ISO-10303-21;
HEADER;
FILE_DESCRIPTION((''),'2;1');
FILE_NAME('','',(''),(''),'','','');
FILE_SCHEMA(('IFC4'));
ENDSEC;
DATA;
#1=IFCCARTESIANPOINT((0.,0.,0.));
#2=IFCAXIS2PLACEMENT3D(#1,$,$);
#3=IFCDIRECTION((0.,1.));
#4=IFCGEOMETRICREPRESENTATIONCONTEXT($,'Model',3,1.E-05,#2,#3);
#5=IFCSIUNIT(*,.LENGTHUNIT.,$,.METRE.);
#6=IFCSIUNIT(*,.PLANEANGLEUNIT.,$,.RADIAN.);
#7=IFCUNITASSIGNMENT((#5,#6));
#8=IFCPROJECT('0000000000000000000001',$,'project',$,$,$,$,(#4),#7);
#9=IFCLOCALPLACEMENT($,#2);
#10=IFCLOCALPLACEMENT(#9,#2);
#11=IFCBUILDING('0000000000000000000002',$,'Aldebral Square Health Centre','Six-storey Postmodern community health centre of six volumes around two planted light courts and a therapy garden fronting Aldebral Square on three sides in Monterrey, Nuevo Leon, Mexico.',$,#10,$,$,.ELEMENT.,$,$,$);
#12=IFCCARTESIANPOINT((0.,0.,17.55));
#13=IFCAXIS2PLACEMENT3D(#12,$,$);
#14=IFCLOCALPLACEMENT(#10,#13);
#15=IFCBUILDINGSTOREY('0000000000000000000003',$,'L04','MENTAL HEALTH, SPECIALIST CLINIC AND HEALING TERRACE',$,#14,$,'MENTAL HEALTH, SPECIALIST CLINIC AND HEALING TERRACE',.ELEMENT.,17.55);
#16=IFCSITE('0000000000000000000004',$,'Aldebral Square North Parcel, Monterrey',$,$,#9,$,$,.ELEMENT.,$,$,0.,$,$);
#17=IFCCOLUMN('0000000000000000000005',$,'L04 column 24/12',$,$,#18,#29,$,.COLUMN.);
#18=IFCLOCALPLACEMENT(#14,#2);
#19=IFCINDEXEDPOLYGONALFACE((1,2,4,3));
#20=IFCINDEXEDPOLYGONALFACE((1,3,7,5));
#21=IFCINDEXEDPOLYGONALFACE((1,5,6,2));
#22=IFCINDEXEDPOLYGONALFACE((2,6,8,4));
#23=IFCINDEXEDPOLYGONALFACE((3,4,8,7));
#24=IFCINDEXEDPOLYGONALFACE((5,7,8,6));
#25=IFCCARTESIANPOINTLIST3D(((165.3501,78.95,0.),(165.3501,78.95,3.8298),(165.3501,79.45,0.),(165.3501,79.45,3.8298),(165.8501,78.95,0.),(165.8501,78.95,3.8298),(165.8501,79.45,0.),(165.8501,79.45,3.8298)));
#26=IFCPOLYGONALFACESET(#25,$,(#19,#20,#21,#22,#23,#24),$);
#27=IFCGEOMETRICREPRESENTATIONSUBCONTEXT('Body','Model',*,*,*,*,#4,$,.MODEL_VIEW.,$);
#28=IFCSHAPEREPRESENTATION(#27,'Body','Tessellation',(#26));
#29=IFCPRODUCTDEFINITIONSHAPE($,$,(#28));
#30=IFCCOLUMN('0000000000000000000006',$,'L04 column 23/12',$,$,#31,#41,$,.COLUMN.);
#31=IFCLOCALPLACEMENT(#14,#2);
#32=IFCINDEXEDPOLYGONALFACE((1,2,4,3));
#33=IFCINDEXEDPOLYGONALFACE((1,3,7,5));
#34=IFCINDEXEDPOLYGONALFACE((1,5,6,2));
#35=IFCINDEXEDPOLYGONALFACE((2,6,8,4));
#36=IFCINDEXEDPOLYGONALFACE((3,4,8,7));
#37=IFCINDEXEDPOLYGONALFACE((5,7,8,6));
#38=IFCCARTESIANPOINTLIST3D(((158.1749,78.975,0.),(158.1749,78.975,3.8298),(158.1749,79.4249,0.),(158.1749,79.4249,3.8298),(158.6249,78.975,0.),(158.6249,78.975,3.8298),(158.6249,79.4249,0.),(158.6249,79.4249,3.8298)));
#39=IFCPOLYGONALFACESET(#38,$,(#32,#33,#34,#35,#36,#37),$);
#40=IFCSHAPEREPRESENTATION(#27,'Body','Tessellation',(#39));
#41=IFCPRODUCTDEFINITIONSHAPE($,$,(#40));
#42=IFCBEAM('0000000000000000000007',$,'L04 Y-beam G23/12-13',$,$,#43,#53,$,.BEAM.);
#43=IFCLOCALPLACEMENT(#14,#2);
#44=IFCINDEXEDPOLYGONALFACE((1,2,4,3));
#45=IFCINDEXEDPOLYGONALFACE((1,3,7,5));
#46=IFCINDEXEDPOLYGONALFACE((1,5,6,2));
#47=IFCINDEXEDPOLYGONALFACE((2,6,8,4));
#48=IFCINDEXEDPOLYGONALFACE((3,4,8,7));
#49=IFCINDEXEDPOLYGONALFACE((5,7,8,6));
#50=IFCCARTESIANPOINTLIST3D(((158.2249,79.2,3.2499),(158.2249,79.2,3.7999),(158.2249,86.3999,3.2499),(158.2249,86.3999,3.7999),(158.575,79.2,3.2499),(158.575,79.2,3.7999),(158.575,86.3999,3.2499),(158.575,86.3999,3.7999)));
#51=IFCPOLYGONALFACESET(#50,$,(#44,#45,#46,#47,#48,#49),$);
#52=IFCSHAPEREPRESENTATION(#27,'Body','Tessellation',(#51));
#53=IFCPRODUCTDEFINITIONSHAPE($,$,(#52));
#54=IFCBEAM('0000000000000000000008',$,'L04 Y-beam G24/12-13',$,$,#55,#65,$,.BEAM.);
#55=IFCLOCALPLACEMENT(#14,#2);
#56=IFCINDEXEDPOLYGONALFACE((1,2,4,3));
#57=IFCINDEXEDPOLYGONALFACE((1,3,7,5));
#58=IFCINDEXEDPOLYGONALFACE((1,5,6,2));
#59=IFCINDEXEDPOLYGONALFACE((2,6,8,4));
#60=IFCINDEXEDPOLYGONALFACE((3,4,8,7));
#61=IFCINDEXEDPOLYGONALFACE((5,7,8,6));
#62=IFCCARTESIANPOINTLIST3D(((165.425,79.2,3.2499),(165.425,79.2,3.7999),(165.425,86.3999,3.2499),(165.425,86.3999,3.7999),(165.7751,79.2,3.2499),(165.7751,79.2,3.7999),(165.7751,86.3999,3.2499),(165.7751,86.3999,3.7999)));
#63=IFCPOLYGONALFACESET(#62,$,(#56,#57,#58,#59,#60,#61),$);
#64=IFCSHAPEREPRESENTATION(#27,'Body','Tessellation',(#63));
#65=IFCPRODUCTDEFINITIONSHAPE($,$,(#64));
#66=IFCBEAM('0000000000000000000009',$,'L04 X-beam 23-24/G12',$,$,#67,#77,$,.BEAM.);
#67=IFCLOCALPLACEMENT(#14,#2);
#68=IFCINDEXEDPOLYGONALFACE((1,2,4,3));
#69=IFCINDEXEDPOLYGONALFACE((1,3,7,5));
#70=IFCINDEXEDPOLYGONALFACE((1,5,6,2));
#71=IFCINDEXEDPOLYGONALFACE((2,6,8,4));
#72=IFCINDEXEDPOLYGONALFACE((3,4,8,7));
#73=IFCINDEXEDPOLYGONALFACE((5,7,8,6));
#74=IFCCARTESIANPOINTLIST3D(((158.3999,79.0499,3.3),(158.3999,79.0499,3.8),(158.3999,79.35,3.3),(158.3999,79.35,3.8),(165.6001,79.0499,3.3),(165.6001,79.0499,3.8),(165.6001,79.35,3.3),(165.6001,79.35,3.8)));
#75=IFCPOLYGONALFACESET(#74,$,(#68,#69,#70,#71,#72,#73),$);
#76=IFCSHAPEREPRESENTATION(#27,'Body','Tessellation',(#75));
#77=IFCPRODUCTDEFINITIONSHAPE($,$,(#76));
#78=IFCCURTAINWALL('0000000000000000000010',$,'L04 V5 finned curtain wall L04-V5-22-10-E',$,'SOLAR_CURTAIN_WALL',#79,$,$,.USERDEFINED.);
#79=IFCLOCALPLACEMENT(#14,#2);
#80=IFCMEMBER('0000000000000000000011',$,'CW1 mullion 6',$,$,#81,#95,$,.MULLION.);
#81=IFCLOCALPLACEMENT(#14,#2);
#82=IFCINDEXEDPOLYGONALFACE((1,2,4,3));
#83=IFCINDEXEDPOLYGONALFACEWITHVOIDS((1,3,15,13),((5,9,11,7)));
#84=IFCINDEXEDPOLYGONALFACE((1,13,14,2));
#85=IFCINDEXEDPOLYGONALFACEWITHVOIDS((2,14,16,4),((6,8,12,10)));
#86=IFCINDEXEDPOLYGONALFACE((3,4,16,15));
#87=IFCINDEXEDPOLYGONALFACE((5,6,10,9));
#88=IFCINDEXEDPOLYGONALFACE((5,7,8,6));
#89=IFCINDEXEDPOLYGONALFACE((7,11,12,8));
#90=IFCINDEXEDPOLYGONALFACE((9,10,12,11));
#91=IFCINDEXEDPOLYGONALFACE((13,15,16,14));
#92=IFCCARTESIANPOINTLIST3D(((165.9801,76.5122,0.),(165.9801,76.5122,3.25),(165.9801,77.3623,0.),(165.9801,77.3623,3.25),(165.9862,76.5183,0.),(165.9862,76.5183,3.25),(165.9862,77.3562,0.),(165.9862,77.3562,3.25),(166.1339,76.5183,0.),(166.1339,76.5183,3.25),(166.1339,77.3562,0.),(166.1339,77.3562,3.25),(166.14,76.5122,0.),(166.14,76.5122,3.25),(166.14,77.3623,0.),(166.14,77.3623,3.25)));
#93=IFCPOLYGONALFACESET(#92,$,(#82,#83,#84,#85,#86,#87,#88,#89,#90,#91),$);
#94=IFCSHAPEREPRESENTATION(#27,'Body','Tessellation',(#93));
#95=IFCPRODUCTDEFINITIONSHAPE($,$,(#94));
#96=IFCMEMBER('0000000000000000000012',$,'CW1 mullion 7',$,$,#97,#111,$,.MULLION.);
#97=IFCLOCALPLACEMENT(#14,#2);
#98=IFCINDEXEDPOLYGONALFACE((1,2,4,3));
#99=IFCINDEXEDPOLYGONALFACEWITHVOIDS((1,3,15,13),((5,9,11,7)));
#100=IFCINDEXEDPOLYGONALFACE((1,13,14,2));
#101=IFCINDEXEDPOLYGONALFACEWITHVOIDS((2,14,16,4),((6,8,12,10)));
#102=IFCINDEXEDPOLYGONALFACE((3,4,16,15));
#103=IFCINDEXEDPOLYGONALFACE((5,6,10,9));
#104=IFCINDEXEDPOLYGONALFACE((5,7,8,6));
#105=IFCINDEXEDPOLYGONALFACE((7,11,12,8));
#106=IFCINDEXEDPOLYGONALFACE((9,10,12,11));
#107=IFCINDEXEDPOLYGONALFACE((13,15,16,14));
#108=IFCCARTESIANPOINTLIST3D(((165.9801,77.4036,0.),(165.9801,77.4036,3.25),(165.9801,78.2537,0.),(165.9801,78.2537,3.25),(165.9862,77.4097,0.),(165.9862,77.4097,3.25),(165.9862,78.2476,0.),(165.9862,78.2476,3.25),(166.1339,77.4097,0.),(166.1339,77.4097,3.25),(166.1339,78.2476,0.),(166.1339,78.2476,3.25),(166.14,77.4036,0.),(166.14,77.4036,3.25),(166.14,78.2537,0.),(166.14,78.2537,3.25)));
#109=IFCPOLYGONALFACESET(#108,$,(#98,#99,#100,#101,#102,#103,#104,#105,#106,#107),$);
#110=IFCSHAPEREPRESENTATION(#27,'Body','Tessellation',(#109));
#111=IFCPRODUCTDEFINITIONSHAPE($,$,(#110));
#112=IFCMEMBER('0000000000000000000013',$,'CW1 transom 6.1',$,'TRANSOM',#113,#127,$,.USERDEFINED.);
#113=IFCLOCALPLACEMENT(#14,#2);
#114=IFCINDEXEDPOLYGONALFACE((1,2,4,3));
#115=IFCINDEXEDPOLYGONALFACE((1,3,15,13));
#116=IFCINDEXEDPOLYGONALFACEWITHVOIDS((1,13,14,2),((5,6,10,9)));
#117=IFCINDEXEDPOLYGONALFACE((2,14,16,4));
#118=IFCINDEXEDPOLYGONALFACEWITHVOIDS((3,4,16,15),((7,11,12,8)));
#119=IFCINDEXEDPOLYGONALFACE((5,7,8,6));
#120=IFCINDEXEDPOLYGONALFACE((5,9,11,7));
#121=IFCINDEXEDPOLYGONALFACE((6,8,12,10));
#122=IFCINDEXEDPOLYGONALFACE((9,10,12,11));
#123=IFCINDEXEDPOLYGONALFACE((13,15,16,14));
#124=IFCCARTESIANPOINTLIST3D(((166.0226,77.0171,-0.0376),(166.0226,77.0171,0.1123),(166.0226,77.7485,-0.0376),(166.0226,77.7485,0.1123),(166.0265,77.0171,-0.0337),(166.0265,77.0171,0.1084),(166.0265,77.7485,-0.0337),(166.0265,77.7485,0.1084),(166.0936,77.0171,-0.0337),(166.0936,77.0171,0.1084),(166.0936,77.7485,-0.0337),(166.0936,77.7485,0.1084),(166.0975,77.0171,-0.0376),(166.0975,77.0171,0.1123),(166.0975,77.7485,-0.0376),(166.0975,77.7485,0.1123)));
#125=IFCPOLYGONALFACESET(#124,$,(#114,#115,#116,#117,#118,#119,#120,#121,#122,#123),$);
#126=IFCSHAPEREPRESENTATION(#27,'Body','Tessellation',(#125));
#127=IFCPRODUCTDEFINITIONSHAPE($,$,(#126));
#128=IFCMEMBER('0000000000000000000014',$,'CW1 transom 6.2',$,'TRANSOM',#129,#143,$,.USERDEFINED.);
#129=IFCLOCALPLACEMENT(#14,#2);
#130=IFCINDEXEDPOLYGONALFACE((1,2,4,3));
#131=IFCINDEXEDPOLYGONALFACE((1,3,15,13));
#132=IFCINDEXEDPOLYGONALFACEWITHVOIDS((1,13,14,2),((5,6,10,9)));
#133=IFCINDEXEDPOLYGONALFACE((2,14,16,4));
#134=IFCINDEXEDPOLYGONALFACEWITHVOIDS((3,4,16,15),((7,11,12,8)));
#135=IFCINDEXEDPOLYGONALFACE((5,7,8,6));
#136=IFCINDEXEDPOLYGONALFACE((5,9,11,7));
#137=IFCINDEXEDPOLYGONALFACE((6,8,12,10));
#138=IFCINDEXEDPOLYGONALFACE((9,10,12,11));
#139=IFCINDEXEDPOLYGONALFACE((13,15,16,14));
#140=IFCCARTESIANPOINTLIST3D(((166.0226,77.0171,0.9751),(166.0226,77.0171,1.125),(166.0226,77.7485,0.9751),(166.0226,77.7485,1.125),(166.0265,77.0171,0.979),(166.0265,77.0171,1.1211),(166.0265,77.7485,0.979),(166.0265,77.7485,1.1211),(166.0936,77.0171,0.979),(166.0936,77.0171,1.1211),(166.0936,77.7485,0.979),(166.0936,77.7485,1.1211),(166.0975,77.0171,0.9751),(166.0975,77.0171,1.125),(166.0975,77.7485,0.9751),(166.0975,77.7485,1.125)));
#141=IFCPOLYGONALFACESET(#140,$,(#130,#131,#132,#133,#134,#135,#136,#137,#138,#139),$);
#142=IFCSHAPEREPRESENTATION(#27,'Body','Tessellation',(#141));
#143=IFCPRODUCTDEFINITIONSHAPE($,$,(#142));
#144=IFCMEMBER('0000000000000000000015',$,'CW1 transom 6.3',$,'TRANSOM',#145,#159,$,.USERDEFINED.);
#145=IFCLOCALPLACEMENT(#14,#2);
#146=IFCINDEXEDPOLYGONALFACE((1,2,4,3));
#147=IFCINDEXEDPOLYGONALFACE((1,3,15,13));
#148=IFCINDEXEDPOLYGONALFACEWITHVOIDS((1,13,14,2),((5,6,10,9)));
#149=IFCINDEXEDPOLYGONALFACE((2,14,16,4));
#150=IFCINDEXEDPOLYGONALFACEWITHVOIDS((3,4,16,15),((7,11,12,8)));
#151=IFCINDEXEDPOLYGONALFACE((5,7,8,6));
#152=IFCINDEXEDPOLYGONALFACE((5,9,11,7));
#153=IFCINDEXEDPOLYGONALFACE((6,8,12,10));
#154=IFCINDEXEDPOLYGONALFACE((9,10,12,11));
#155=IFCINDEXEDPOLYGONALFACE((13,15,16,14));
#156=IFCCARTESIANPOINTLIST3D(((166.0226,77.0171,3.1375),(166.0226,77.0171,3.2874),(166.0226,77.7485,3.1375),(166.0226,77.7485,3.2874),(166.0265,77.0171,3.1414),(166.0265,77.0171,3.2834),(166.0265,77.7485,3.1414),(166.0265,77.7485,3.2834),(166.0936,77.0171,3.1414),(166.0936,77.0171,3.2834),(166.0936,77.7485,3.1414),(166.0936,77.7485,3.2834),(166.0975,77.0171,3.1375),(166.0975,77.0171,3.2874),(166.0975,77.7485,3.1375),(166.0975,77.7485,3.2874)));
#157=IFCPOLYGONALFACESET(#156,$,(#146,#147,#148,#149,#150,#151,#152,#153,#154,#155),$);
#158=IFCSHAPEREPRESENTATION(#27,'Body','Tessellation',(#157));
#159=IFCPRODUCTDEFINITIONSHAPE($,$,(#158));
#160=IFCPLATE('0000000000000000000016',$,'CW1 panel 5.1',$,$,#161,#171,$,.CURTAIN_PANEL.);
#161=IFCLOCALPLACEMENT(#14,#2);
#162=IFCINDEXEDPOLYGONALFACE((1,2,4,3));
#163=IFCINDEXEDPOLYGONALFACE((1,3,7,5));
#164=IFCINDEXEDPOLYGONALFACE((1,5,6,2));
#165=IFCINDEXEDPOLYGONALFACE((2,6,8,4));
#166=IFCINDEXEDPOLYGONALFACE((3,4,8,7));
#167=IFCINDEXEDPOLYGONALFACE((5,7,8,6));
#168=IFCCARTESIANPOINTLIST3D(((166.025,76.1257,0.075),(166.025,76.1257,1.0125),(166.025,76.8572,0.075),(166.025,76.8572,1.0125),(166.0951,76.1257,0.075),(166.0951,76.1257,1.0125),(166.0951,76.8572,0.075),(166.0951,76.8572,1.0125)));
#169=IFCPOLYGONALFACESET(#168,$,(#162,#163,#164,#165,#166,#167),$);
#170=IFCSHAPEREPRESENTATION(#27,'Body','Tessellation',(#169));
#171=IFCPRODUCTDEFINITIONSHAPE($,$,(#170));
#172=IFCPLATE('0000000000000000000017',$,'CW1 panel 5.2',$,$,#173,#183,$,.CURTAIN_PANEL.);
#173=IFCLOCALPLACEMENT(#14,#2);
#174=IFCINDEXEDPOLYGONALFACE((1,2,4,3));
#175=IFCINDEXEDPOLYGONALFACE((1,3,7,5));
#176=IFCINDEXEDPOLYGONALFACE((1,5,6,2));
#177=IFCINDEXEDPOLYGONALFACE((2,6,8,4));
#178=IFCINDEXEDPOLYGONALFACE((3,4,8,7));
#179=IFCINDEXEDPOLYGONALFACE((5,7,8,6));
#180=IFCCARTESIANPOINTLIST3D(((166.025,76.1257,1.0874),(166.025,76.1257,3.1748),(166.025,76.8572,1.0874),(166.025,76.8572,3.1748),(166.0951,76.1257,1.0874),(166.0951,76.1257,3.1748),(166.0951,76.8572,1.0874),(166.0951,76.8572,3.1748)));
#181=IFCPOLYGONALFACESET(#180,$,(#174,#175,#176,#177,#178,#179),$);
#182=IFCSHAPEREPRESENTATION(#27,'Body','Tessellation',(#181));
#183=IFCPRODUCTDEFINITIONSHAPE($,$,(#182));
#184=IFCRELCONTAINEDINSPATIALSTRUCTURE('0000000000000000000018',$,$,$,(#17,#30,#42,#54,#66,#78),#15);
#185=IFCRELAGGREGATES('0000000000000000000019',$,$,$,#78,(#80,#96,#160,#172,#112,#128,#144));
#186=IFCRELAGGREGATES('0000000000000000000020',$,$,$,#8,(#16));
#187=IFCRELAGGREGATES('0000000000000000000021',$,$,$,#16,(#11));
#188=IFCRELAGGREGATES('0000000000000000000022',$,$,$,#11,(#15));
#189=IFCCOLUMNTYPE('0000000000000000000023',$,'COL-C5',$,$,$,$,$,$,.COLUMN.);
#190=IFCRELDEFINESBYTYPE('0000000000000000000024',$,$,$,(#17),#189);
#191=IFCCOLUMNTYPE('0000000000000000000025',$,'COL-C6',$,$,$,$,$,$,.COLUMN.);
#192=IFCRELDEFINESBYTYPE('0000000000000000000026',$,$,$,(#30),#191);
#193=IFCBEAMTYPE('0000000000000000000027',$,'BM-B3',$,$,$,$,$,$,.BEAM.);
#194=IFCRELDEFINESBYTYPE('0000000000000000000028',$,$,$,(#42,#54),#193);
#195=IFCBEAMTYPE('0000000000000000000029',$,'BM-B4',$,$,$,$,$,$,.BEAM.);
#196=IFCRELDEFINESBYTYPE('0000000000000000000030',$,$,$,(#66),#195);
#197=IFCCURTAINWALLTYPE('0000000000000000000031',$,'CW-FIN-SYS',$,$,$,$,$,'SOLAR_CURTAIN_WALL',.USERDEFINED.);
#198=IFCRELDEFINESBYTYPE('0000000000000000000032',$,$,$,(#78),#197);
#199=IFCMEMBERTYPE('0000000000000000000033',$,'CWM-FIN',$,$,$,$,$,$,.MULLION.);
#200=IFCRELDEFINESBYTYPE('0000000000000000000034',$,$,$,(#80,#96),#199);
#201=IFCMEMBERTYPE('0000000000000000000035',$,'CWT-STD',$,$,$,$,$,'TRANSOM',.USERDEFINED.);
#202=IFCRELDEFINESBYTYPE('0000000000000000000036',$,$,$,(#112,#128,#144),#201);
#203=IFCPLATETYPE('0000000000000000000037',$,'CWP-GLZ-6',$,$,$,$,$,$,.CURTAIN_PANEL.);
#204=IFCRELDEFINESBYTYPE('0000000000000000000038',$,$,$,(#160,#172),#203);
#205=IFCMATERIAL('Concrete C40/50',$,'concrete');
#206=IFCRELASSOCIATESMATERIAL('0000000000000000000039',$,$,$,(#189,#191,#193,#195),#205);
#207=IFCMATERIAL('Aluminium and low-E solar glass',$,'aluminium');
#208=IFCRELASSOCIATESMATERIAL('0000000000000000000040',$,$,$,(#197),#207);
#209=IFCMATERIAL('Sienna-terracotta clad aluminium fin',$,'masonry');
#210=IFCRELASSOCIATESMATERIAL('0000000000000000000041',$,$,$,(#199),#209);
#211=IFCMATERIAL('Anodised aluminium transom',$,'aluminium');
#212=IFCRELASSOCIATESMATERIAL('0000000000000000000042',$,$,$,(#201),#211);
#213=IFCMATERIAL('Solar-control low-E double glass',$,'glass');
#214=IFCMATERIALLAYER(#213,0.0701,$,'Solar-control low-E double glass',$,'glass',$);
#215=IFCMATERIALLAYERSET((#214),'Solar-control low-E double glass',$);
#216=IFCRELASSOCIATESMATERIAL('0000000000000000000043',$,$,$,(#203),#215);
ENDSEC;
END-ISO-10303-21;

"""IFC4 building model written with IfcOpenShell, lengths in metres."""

from ifc_helpers import new_model, si_unit, direction, frame, origin, origin_2d, place, context, subcontext, project, spatial, rectangle, hollow_rectangle, extrude, material, layer, layer_set, material_profile, profile_set, type_object, element, aggregate, save


model = new_model("IFC4")

# Units and contexts
model_context = context("Model", 3, precision=1e-05, world=origin(), true_north=direction((0.0, 1.0)))
body_context = subcontext(model_context, "Body", "Model", "MODEL_VIEW")
ifc_project = project(units=[si_unit("LENGTHUNIT", "METRE"), si_unit("PLANEANGLEUNIT", "RADIAN")], contexts=[model_context])

# Site, building, storey
site_placement = place(None, origin())
site = spatial("IfcSite", under=ifc_project, at=site_placement, Name="Aldebral Square North Parcel, Monterrey", CompositionType="ELEMENT", RefElevation=0.0)
building_placement = place(site_placement, origin())
building = spatial("IfcBuilding", under=site, at=building_placement, Name="Aldebral Square Health Centre", Description="Six-storey Postmodern community health centre of six volumes around two planted light courts and a therapy garden fronting Aldebral Square on three sides in Monterrey, Nuevo Leon, Mexico.", CompositionType="ELEMENT")
storey_placement = place(building_placement, frame((0.0, 0.0, 17.55)))
storey = spatial("IfcBuildingStorey", under=building, at=storey_placement, Name="L04", Description="MENTAL HEALTH, SPECIALIST CLINIC AND HEALING TERRACE", LongName="MENTAL HEALTH, SPECIALIST CLINIC AND HEALING TERRACE", CompositionType="ELEMENT", Elevation=17.55)

# Columns
ifc_material_1 = material(Name="Concrete C40/50", Category="concrete")
ifc_material_profile_1 = material_profile(ifc_material_1, rectangle(XDim=0.5, YDim=0.5, at=origin_2d()), Name="RC 500x500")
ifc_profile_set_1 = profile_set([ifc_material_profile_1], Name="Concrete C40/50")
column_type_1 = type_object("IfcColumnType", Name="COL-C5", PredefinedType="COLUMN", material=ifc_profile_set_1)
column_1_placement = place(storey_placement, frame((165.6001, 79.2, 0.0), z_axis=(0.0, 0.0, 1.0), x_axis=(1.0, 0.0, 0.0)))
element("IfcColumn", 1, at=column_1_placement, inside=storey, type_object=column_type_1, Name="L04 column 24/12", PredefinedType="COLUMN", context=body_context, shape_type="SweptSolid", body=[
    extrude(rectangle(XDim=0.5, YDim=0.5, at=origin_2d()), origin(), (0.0, 0.0, 1.0), 3.8298),
])
ifc_material_profile_2 = material_profile(ifc_material_1, rectangle(XDim=0.45, YDim=0.45, at=origin_2d()), Name="RC 450x450")
ifc_profile_set_2 = profile_set([ifc_material_profile_2], Name="Concrete C40/50")
column_type_2 = type_object("IfcColumnType", Name="COL-C6", PredefinedType="COLUMN", material=ifc_profile_set_2)
column_2_placement = place(storey_placement, frame((158.3999, 79.2, 0.0), z_axis=(0.0, 0.0, 1.0), x_axis=(1.0, 0.0, 0.0)))
element("IfcColumn", 2, at=column_2_placement, inside=storey, type_object=column_type_2, Name="L04 column 23/12", PredefinedType="COLUMN", context=body_context, shape_type="SweptSolid", body=[
    extrude(rectangle(XDim=0.45, YDim=0.45, at=origin_2d()), origin(), (0.0, 0.0, 1.0), 3.8298),
])

# Beams
ifc_material_profile_3 = material_profile(ifc_material_1, rectangle(XDim=0.3501, YDim=0.55, at=origin_2d()), Name="RC 350x550")
ifc_profile_set_3 = profile_set([ifc_material_profile_3], Name="Concrete C40/50")
beam_type_1 = type_object("IfcBeamType", Name="BM-B3", PredefinedType="BEAM", material=ifc_profile_set_3)
for number, where, z_axis, x_axis, name in (
    (3, (158.3999, 79.2, 3.5249), (0.0, 1.0, 0.0), (-1.0, 0.0, 0.0), "L04 Y-beam G23/12-13"),
    (4, (165.6001, 79.2, 3.5249), (0.0, 1.0, 0.0), (-1.0, 0.0, 0.0), "L04 Y-beam G24/12-13"),
):
    element("IfcBeam", number, at=place(storey_placement, frame(where, z_axis=z_axis, x_axis=x_axis)), inside=storey, type_object=beam_type_1, Name=name, PredefinedType="BEAM", context=body_context, shape_type="SweptSolid", body=[
        extrude(rectangle(XDim=0.3501, YDim=0.55, at=origin_2d()), origin(), (0.0, 0.0, 1.0), 7.2),
    ])
ifc_material_profile_4 = material_profile(ifc_material_1, rectangle(XDim=0.3, YDim=0.5, at=origin_2d()), Name="RC 300x500")
ifc_profile_set_4 = profile_set([ifc_material_profile_4], Name="Concrete C40/50")
beam_type_2 = type_object("IfcBeamType", Name="BM-B4", PredefinedType="BEAM", material=ifc_profile_set_4)
beam_placement = place(storey_placement, frame((158.3999, 79.2, 3.55), z_axis=(1.0, 0.0, 0.0), x_axis=(0.0, 1.0, 0.0)))
element("IfcBeam", 5, at=beam_placement, inside=storey, type_object=beam_type_2, Name="L04 X-beam 23-24/G12", PredefinedType="BEAM", context=body_context, shape_type="SweptSolid", body=[
    extrude(rectangle(XDim=0.3, YDim=0.5, at=origin_2d()), origin(), (0.0, 0.0, 1.0), 7.2002),
])

# Curtain wall, members, plates
ifc_material_2 = material(Name="Aluminium and low-E solar glass", Category="aluminium")
curtain_wall_type = type_object("IfcCurtainWallType", Name="CW-FIN-SYS", ElementType="SOLAR_CURTAIN_WALL", PredefinedType="USERDEFINED", material=ifc_material_2)
curtain_wall_placement = place(storey_placement, origin())
curtain_wall = element("IfcCurtainWall", 6, at=curtain_wall_placement, inside=storey, type_object=curtain_wall_type, Name="L04 V5 finned curtain wall L04-V5-22-10-E", ObjectType="SOLAR_CURTAIN_WALL", PredefinedType="USERDEFINED")
ifc_material_3 = material(Name="Sienna-terracotta clad aluminium fin", Category="masonry")
ifc_material_profile_5 = material_profile(ifc_material_3, hollow_rectangle(XDim=0.1599, YDim=0.8501, WallThickness=0.0061, at=origin_2d()), Name="FIN 160x850x6")
ifc_profile_set_5 = profile_set([ifc_material_profile_5], Name="Sienna-terracotta clad aluminium fin")
member_type_1 = type_object("IfcMemberType", Name="CWM-FIN", PredefinedType="MULLION", material=ifc_profile_set_5)
member_1_placement = place(storey_placement, frame((166.0601, 76.9373, 0.0), z_axis=(0.0, 0.0, 1.0), x_axis=(-1.0, 0.0, 0.0)))
member_1 = element("IfcMember", 7, at=member_1_placement, type_object=member_type_1, Name="CW1 mullion 6", PredefinedType="MULLION", context=body_context, shape_type="SweptSolid", body=[
    extrude(hollow_rectangle(XDim=0.1599, YDim=0.8501, WallThickness=0.0061, at=origin_2d()), origin(), (0.0, 0.0, 1.0), 3.25),
])
member_2_placement = place(storey_placement, frame((166.0601, 77.8286, 0.0), z_axis=(0.0, 0.0, 1.0), x_axis=(-1.0, 0.0, 0.0)))
member_2 = element("IfcMember", 8, at=member_2_placement, type_object=member_type_1, Name="CW1 mullion 7", PredefinedType="MULLION", context=body_context, shape_type="SweptSolid", body=[
    extrude(hollow_rectangle(XDim=0.1599, YDim=0.8501, WallThickness=0.0061, at=origin_2d()), origin(), (0.0, 0.0, 1.0), 3.25),
])
ifc_material_4 = material(Name="Anodised aluminium transom", Category="aluminium")
ifc_material_profile_6 = material_profile(ifc_material_4, hollow_rectangle(XDim=0.075, YDim=0.1499, WallThickness=0.0039, at=origin_2d()), Name="CWT 75x150x4")
ifc_profile_set_6 = profile_set([ifc_material_profile_6], Name="Anodised aluminium transom")
member_type_2 = type_object("IfcMemberType", Name="CWT-STD", ElementType="TRANSOM", PredefinedType="USERDEFINED", material=ifc_profile_set_6)
member_3_placement = place(storey_placement, frame((166.0601, 77.0171, 0.0374), z_axis=(0.0, 1.0, 0.0), x_axis=(-1.0, 0.0, 0.0)))
member_3 = element("IfcMember", 9, at=member_3_placement, type_object=member_type_2, Name="CW1 transom 6.1", ObjectType="TRANSOM", PredefinedType="USERDEFINED", context=body_context, shape_type="SweptSolid", body=[
    extrude(hollow_rectangle(XDim=0.075, YDim=0.1499, WallThickness=0.0039, at=origin_2d()), origin(), (0.0, 0.0, 1.0), 0.7314),
])
member_4_placement = place(storey_placement, frame((166.0601, 77.0171, 1.05), z_axis=(0.0, 1.0, 0.0), x_axis=(-1.0, 0.0, 0.0)))
member_4 = element("IfcMember", 10, at=member_4_placement, type_object=member_type_2, Name="CW1 transom 6.2", ObjectType="TRANSOM", PredefinedType="USERDEFINED", context=body_context, shape_type="SweptSolid", body=[
    extrude(hollow_rectangle(XDim=0.075, YDim=0.1499, WallThickness=0.0039, at=origin_2d()), origin(), (0.0, 0.0, 1.0), 0.7314),
])
member_5_placement = place(storey_placement, frame((166.0601, 77.0171, 3.2124), z_axis=(0.0, 1.0, 0.0), x_axis=(-1.0, 0.0, 0.0)))
member_5 = element("IfcMember", 11, at=member_5_placement, type_object=member_type_2, Name="CW1 transom 6.3", ObjectType="TRANSOM", PredefinedType="USERDEFINED", context=body_context, shape_type="SweptSolid", body=[
    extrude(hollow_rectangle(XDim=0.075, YDim=0.1499, WallThickness=0.0039, at=origin_2d()), origin(), (0.0, 0.0, 1.0), 0.7314),
])
ifc_material_5 = material(Name="Solar-control low-E double glass", Category="glass")
ifc_layer_1 = layer(ifc_material_5, 0.0701, Name="Solar-control low-E double glass", Category="glass")
ifc_layer_set_1 = layer_set([ifc_layer_1], Name="Solar-control low-E double glass")
plate_type = type_object("IfcPlateType", Name="CWP-GLZ-6", PredefinedType="CURTAIN_PANEL", material=ifc_layer_set_1)
plate_1_placement = place(storey_placement, frame((166.0601, 76.4915, 0.075), z_axis=(0.0, 0.0, 1.0), x_axis=(0.0, 1.0, 0.0)))
plate_1 = element("IfcPlate", 12, at=plate_1_placement, type_object=plate_type, Name="CW1 panel 5.1", PredefinedType="CURTAIN_PANEL", context=body_context, shape_type="SweptSolid", body=[
    extrude(rectangle(XDim=0.7314, YDim=0.0701, at=origin_2d()), origin(), (0.0, 0.0, 1.0), 0.9375),
])
plate_2_placement = place(storey_placement, frame((166.0601, 76.4915, 1.0874), z_axis=(0.0, 0.0, 1.0), x_axis=(0.0, 1.0, 0.0)))
plate_2 = element("IfcPlate", 13, at=plate_2_placement, type_object=plate_type, Name="CW1 panel 5.2", PredefinedType="CURTAIN_PANEL", context=body_context, shape_type="SweptSolid", body=[
    extrude(rectangle(XDim=0.7314, YDim=0.0701, at=origin_2d()), origin(), (0.0, 0.0, 1.0), 2.0874),
])
aggregate(curtain_wall, [member_1, member_2, plate_1, plate_2, member_3, member_4, member_5])

save(model, "model.ifc")
